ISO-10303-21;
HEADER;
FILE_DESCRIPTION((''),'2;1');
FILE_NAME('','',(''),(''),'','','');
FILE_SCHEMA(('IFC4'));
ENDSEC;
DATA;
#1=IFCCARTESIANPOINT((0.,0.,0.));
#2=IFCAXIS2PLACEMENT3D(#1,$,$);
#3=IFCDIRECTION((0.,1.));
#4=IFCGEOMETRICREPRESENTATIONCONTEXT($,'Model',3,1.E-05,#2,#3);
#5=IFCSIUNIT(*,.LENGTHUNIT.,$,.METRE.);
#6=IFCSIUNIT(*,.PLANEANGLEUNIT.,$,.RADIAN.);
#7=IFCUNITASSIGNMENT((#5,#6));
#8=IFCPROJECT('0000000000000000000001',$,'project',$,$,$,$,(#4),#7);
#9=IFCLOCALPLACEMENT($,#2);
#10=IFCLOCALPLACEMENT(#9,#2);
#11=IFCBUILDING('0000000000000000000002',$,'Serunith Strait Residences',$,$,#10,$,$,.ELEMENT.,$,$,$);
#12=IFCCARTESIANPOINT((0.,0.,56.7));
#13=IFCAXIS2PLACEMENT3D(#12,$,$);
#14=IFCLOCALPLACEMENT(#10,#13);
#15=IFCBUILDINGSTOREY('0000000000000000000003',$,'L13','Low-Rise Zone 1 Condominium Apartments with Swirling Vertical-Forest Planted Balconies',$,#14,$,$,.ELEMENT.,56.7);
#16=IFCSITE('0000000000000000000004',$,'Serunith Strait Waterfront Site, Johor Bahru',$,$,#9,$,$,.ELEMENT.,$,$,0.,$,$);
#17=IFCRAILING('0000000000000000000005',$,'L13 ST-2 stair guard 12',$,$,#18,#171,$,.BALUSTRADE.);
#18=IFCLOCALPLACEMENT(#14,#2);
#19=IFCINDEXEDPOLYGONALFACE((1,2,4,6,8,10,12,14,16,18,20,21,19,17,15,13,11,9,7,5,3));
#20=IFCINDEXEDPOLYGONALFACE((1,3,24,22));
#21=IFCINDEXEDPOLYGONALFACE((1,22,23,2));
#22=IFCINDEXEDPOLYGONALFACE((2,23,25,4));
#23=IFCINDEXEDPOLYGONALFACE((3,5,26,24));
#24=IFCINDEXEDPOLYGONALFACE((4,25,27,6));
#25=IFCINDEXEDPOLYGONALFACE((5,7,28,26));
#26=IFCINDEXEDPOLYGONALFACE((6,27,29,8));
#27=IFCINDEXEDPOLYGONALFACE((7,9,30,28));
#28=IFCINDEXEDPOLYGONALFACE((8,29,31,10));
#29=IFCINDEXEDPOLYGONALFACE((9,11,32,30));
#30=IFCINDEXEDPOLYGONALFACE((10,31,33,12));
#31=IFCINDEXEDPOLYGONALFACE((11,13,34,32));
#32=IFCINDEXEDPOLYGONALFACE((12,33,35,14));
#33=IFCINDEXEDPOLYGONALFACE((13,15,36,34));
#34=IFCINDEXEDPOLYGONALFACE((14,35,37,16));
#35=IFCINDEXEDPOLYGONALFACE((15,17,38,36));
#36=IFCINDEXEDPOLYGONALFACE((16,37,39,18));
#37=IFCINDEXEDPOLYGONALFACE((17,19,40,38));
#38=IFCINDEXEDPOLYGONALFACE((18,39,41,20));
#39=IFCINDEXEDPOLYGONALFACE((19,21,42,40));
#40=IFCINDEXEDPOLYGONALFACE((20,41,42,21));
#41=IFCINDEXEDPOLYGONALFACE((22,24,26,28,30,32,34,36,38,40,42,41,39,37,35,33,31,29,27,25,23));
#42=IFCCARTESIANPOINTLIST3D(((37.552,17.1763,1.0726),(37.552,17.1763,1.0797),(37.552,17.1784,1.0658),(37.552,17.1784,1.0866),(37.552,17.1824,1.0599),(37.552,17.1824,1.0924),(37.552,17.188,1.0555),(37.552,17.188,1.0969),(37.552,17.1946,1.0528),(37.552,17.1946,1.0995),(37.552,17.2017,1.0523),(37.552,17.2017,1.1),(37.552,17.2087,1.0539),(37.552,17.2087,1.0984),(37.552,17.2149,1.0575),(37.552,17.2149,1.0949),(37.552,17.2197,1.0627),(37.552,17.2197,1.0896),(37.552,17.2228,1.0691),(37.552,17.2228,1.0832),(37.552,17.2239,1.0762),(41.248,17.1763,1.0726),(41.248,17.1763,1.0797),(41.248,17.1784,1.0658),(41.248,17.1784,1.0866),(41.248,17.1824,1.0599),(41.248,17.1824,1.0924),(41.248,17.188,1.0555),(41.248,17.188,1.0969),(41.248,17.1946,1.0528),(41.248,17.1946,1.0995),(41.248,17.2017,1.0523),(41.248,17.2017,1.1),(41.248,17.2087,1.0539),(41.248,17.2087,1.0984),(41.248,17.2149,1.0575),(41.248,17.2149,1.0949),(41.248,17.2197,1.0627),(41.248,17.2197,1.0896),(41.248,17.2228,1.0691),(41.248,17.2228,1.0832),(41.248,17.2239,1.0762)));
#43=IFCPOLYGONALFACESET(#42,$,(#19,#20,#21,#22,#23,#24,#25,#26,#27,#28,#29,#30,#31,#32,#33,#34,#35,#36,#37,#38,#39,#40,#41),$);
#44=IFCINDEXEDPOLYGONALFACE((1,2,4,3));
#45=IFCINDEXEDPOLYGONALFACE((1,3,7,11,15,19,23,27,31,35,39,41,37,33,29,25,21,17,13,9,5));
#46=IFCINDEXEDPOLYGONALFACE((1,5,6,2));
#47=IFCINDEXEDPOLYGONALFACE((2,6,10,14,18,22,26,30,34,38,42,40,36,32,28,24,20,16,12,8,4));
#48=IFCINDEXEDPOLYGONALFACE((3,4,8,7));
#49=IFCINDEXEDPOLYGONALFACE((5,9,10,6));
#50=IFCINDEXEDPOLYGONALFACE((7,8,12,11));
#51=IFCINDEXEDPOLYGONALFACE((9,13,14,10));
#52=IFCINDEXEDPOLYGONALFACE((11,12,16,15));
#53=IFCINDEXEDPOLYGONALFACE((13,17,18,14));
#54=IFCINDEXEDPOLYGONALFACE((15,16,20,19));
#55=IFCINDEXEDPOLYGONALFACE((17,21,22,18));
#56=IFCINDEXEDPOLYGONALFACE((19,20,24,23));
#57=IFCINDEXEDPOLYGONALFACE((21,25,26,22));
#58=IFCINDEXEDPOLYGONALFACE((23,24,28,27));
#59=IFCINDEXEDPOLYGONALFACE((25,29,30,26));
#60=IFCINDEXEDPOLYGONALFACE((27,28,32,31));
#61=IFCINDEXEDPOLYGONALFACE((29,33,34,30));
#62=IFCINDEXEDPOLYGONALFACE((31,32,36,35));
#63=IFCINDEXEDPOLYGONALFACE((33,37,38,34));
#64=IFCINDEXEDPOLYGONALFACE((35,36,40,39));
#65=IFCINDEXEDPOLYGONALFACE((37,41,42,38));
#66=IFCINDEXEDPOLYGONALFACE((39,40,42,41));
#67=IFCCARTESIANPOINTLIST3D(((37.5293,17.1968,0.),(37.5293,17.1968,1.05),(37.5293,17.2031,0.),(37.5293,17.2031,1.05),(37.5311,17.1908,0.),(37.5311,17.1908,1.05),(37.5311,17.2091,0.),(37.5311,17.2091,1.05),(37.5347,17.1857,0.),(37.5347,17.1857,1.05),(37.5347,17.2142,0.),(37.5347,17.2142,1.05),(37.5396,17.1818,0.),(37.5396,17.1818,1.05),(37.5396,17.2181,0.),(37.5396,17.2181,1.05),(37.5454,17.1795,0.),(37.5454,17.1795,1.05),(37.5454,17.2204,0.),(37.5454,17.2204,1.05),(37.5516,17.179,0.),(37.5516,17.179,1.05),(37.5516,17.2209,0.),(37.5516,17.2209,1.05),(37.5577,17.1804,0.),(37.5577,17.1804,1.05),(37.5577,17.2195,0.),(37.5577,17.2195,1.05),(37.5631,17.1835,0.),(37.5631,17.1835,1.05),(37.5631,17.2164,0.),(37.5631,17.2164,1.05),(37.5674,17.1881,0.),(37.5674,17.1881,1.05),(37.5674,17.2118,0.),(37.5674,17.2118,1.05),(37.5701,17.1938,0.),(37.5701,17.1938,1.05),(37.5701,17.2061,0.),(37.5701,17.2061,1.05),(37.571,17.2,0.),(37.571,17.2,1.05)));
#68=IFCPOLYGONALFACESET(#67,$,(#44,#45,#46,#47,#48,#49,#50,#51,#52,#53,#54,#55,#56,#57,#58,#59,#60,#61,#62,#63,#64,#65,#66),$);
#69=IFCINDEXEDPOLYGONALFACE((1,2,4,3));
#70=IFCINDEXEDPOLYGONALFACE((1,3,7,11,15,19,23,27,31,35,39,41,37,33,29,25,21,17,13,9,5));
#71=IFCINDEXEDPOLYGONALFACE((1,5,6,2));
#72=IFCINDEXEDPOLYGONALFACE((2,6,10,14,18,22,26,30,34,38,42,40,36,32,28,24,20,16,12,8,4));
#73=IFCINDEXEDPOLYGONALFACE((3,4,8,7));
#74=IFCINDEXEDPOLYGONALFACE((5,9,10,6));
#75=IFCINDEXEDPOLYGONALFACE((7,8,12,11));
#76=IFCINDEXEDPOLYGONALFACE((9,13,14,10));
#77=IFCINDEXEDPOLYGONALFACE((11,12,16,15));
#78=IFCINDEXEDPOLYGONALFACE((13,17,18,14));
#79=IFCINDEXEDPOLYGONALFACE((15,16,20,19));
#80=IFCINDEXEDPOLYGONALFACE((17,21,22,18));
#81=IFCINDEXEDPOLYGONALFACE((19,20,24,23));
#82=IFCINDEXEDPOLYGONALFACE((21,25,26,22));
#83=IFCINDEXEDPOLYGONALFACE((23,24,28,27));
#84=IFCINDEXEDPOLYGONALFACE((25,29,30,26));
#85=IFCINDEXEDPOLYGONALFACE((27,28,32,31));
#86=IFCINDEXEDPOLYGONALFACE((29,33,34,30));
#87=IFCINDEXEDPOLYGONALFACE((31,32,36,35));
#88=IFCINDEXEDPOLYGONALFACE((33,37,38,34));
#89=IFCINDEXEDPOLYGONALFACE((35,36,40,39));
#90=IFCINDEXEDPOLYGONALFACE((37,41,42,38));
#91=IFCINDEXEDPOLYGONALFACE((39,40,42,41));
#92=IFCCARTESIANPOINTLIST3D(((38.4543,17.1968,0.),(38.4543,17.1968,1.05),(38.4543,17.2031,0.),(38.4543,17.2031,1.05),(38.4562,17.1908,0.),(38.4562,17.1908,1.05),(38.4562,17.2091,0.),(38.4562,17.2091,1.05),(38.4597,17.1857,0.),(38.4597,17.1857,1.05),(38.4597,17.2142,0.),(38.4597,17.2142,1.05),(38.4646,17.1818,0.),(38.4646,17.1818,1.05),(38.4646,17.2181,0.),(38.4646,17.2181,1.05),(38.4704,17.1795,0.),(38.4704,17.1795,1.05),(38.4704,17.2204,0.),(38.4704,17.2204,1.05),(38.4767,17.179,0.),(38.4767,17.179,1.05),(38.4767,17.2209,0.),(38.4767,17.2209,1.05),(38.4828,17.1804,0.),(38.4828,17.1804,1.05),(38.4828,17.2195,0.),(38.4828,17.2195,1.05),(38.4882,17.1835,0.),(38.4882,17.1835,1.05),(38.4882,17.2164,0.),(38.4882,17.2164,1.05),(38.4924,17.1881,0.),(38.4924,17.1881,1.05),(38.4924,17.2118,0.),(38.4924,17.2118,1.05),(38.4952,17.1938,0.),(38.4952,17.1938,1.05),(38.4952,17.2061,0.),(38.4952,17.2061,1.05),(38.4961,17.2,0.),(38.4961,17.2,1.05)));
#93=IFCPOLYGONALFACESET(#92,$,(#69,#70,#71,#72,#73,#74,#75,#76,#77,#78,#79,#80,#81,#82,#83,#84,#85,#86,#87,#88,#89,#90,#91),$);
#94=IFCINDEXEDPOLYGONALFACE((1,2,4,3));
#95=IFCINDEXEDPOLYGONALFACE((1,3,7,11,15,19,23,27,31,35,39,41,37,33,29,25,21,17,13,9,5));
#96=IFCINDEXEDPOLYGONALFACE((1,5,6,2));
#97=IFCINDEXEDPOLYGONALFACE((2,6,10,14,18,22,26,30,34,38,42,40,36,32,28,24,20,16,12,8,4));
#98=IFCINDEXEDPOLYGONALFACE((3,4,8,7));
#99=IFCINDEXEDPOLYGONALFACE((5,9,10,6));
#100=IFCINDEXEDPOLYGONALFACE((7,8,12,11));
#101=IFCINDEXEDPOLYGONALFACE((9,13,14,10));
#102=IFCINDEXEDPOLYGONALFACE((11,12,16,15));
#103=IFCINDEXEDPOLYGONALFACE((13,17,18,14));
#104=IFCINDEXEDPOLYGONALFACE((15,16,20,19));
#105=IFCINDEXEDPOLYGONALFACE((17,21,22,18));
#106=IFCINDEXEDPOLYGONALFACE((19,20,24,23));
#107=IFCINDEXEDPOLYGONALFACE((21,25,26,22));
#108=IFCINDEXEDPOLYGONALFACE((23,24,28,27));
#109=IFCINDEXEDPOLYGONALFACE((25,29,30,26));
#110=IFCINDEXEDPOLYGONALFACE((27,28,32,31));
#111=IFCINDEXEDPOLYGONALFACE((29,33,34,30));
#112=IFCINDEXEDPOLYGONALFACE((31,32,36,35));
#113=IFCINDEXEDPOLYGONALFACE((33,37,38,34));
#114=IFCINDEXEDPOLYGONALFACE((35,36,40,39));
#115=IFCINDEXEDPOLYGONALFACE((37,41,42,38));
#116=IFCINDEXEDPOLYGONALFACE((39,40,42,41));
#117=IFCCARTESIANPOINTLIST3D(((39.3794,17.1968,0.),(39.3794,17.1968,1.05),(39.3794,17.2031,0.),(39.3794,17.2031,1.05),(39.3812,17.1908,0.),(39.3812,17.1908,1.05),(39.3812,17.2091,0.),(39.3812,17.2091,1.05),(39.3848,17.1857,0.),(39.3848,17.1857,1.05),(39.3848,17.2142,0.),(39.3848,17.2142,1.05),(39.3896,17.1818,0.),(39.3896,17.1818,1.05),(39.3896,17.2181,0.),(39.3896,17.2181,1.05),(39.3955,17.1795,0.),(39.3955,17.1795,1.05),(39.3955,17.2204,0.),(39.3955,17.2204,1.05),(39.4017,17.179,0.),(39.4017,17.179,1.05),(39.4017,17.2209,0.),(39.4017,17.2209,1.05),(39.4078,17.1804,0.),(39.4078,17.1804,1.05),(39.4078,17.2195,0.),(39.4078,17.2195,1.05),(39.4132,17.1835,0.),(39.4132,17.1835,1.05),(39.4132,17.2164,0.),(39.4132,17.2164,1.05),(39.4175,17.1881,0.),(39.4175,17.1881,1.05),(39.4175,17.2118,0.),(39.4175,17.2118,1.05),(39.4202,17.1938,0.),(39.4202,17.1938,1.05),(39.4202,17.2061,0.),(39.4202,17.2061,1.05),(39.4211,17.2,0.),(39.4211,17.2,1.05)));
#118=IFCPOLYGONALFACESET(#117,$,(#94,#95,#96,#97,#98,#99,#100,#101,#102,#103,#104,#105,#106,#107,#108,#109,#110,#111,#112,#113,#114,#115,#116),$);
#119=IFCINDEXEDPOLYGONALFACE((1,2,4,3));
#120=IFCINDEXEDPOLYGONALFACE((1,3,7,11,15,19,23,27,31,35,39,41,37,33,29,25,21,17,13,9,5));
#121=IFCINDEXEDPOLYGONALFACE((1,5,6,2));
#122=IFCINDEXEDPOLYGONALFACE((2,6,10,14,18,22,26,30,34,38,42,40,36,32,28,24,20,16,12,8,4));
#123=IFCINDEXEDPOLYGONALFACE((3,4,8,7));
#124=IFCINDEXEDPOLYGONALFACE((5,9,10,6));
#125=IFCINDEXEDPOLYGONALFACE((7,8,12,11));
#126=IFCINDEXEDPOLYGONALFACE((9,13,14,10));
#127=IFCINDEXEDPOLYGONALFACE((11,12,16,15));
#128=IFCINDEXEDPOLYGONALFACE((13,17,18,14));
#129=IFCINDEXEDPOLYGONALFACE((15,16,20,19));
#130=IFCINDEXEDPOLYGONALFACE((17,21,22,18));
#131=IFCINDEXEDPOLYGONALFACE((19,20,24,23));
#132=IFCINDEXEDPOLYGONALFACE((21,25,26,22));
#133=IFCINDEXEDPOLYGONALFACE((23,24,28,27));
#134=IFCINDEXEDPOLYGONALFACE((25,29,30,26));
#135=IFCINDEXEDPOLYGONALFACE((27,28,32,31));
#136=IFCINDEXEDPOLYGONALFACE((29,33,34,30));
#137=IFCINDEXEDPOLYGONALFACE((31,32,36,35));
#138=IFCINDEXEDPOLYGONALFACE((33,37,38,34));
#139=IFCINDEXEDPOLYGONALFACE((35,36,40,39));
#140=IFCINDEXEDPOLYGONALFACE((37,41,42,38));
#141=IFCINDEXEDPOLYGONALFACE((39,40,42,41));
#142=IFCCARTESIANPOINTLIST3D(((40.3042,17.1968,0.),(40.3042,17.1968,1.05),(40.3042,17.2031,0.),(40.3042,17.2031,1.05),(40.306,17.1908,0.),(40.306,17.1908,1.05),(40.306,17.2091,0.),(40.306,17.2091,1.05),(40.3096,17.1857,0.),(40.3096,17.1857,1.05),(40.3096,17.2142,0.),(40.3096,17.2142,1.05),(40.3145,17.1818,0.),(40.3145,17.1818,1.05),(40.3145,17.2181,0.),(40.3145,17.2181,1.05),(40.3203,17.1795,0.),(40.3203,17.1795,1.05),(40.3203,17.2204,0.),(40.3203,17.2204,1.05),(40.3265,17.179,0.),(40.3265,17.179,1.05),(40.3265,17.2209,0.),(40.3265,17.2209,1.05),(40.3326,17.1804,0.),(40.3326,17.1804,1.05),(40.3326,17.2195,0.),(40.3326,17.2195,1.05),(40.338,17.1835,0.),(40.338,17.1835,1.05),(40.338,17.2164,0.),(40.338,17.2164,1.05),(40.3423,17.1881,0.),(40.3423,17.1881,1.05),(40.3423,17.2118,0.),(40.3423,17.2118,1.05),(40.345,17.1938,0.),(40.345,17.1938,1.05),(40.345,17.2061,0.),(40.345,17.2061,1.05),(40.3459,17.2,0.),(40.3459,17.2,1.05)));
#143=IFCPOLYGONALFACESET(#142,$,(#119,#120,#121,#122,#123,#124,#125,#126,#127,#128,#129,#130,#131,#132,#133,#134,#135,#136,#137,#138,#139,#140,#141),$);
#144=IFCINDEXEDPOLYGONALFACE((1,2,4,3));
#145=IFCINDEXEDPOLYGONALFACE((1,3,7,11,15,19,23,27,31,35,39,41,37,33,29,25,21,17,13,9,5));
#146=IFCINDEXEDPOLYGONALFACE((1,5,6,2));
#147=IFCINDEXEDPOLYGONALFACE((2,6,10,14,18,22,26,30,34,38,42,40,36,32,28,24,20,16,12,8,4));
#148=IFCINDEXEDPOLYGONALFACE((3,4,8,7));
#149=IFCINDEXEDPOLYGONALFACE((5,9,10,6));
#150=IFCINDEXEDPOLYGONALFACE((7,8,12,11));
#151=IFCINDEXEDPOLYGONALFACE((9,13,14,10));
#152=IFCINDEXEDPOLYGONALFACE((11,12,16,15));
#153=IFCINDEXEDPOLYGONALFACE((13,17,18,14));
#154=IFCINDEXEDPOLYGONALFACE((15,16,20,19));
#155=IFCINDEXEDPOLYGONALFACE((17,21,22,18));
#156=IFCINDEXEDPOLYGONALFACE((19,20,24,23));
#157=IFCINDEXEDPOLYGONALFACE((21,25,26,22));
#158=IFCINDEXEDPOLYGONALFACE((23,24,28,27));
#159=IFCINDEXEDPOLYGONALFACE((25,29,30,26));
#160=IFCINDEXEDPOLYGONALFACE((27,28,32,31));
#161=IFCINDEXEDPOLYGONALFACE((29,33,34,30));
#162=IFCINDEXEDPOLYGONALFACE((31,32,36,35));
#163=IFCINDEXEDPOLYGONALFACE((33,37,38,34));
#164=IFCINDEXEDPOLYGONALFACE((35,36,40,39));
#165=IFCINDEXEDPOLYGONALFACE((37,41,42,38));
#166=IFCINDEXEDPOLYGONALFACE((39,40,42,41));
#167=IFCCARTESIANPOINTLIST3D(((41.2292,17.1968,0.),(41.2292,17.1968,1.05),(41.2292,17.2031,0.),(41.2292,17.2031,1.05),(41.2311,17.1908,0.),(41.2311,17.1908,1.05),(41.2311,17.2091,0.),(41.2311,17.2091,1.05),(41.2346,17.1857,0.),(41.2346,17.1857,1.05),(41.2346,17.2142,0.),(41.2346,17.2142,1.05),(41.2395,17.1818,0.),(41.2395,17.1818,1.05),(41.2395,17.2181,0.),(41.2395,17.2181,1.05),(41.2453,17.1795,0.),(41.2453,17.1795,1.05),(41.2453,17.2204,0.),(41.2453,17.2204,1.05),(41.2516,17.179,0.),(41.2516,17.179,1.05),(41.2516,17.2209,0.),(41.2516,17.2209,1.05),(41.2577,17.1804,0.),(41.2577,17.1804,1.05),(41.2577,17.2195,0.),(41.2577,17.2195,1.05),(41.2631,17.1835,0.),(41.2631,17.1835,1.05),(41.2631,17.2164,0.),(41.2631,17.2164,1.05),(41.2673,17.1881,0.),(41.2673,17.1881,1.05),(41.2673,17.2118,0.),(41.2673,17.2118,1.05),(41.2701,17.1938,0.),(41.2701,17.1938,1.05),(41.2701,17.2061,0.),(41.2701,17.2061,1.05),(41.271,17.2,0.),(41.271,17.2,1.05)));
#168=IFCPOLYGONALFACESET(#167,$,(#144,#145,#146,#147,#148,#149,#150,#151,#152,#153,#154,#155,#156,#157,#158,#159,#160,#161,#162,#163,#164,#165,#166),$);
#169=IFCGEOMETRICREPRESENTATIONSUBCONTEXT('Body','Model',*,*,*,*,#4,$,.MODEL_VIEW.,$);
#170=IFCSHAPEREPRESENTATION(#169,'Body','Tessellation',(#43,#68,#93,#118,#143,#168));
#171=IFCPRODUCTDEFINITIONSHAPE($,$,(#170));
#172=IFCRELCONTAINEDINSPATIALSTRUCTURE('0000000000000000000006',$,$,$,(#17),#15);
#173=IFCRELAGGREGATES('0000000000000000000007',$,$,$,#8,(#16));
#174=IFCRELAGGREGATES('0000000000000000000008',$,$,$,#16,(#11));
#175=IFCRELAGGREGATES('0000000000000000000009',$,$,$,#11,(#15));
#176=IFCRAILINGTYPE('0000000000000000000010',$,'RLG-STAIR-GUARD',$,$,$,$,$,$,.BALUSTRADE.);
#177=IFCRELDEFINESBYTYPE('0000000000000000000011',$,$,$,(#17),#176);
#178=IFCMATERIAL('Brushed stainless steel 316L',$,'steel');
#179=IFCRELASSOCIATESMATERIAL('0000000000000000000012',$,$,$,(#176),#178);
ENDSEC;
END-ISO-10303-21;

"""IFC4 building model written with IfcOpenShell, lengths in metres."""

from ifc_helpers import new_model, si_unit, direction, frame, origin, origin_2d, place, context, subcontext, project, spatial, circle, extrude, material, type_object, element, save


model = new_model("IFC4")

# Units and contexts
model_context = context("Model", 3, precision=1e-05, world=origin(), true_north=direction((0.0, 1.0)))
body_context = subcontext(model_context, "Body", "Model", "MODEL_VIEW")
ifc_project = project(units=[si_unit("LENGTHUNIT", "METRE"), si_unit("PLANEANGLEUNIT", "RADIAN")], contexts=[model_context])

# Site, building, storey
site_placement = place(None, origin())
site = spatial("IfcSite", under=ifc_project, at=site_placement, Name="Serunith Strait Waterfront Site, Johor Bahru", CompositionType="ELEMENT", RefElevation=0.0)
building_placement = place(site_placement, origin())
building = spatial("IfcBuilding", under=site, at=building_placement, Name="Serunith Strait Residences", CompositionType="ELEMENT")
storey_placement = place(building_placement, frame((0.0, 0.0, 56.7)))
storey = spatial("IfcBuildingStorey", under=building, at=storey_placement, Name="L13", Description="Low-Rise Zone 1 Condominium Apartments with Swirling Vertical-Forest Planted Balconies", CompositionType="ELEMENT", Elevation=56.7)

# Railing
ifc_material_1 = material(Name="Brushed stainless steel 316L", Category="steel")
railing_type_1 = type_object("IfcRailingType", Name="RLG-STAIR-GUARD", PredefinedType="BALUSTRADE", material=ifc_material_1)
railing_1_placement = place(storey_placement, frame((37.55, 17.2, 0.0)))
element("IfcRailing", 1, at=railing_1_placement, inside=storey, type_object=railing_type_1, Name="L13 ST-2 stair guard 12", PredefinedType="BALUSTRADE", context=body_context, shape_type="SweptSolid", body=[
    extrude(circle(Radius=0.0239, at=origin_2d()), frame((0.002, 0.0, 1.0762), z_axis=(1.0, 0.0, 0.0), x_axis=(0.0, 1.0, 0.0)), (0.0, 0.0, 1.0), 3.696),
    extrude(circle(Radius=0.021, at=origin_2d()), origin(), (0.0, 0.0, 1.0), 1.05),
    extrude(circle(Radius=0.021, at=origin_2d()), frame((0.925, 0.0, 0.0)), (0.0, 0.0, 1.0), 1.05),
    extrude(circle(Radius=0.021, at=origin_2d()), frame((1.8501, 0.0, 0.0)), (0.0, 0.0, 1.0), 1.05),
    extrude(circle(Radius=0.021, at=origin_2d()), frame((2.7749, 0.0, 0.0)), (0.0, 0.0, 1.0), 1.05),
    extrude(circle(Radius=0.021, at=origin_2d()), frame((3.7, 0.0, 0.0)), (0.0, 0.0, 1.0), 1.05),
])

save(model, "model.ifc")
